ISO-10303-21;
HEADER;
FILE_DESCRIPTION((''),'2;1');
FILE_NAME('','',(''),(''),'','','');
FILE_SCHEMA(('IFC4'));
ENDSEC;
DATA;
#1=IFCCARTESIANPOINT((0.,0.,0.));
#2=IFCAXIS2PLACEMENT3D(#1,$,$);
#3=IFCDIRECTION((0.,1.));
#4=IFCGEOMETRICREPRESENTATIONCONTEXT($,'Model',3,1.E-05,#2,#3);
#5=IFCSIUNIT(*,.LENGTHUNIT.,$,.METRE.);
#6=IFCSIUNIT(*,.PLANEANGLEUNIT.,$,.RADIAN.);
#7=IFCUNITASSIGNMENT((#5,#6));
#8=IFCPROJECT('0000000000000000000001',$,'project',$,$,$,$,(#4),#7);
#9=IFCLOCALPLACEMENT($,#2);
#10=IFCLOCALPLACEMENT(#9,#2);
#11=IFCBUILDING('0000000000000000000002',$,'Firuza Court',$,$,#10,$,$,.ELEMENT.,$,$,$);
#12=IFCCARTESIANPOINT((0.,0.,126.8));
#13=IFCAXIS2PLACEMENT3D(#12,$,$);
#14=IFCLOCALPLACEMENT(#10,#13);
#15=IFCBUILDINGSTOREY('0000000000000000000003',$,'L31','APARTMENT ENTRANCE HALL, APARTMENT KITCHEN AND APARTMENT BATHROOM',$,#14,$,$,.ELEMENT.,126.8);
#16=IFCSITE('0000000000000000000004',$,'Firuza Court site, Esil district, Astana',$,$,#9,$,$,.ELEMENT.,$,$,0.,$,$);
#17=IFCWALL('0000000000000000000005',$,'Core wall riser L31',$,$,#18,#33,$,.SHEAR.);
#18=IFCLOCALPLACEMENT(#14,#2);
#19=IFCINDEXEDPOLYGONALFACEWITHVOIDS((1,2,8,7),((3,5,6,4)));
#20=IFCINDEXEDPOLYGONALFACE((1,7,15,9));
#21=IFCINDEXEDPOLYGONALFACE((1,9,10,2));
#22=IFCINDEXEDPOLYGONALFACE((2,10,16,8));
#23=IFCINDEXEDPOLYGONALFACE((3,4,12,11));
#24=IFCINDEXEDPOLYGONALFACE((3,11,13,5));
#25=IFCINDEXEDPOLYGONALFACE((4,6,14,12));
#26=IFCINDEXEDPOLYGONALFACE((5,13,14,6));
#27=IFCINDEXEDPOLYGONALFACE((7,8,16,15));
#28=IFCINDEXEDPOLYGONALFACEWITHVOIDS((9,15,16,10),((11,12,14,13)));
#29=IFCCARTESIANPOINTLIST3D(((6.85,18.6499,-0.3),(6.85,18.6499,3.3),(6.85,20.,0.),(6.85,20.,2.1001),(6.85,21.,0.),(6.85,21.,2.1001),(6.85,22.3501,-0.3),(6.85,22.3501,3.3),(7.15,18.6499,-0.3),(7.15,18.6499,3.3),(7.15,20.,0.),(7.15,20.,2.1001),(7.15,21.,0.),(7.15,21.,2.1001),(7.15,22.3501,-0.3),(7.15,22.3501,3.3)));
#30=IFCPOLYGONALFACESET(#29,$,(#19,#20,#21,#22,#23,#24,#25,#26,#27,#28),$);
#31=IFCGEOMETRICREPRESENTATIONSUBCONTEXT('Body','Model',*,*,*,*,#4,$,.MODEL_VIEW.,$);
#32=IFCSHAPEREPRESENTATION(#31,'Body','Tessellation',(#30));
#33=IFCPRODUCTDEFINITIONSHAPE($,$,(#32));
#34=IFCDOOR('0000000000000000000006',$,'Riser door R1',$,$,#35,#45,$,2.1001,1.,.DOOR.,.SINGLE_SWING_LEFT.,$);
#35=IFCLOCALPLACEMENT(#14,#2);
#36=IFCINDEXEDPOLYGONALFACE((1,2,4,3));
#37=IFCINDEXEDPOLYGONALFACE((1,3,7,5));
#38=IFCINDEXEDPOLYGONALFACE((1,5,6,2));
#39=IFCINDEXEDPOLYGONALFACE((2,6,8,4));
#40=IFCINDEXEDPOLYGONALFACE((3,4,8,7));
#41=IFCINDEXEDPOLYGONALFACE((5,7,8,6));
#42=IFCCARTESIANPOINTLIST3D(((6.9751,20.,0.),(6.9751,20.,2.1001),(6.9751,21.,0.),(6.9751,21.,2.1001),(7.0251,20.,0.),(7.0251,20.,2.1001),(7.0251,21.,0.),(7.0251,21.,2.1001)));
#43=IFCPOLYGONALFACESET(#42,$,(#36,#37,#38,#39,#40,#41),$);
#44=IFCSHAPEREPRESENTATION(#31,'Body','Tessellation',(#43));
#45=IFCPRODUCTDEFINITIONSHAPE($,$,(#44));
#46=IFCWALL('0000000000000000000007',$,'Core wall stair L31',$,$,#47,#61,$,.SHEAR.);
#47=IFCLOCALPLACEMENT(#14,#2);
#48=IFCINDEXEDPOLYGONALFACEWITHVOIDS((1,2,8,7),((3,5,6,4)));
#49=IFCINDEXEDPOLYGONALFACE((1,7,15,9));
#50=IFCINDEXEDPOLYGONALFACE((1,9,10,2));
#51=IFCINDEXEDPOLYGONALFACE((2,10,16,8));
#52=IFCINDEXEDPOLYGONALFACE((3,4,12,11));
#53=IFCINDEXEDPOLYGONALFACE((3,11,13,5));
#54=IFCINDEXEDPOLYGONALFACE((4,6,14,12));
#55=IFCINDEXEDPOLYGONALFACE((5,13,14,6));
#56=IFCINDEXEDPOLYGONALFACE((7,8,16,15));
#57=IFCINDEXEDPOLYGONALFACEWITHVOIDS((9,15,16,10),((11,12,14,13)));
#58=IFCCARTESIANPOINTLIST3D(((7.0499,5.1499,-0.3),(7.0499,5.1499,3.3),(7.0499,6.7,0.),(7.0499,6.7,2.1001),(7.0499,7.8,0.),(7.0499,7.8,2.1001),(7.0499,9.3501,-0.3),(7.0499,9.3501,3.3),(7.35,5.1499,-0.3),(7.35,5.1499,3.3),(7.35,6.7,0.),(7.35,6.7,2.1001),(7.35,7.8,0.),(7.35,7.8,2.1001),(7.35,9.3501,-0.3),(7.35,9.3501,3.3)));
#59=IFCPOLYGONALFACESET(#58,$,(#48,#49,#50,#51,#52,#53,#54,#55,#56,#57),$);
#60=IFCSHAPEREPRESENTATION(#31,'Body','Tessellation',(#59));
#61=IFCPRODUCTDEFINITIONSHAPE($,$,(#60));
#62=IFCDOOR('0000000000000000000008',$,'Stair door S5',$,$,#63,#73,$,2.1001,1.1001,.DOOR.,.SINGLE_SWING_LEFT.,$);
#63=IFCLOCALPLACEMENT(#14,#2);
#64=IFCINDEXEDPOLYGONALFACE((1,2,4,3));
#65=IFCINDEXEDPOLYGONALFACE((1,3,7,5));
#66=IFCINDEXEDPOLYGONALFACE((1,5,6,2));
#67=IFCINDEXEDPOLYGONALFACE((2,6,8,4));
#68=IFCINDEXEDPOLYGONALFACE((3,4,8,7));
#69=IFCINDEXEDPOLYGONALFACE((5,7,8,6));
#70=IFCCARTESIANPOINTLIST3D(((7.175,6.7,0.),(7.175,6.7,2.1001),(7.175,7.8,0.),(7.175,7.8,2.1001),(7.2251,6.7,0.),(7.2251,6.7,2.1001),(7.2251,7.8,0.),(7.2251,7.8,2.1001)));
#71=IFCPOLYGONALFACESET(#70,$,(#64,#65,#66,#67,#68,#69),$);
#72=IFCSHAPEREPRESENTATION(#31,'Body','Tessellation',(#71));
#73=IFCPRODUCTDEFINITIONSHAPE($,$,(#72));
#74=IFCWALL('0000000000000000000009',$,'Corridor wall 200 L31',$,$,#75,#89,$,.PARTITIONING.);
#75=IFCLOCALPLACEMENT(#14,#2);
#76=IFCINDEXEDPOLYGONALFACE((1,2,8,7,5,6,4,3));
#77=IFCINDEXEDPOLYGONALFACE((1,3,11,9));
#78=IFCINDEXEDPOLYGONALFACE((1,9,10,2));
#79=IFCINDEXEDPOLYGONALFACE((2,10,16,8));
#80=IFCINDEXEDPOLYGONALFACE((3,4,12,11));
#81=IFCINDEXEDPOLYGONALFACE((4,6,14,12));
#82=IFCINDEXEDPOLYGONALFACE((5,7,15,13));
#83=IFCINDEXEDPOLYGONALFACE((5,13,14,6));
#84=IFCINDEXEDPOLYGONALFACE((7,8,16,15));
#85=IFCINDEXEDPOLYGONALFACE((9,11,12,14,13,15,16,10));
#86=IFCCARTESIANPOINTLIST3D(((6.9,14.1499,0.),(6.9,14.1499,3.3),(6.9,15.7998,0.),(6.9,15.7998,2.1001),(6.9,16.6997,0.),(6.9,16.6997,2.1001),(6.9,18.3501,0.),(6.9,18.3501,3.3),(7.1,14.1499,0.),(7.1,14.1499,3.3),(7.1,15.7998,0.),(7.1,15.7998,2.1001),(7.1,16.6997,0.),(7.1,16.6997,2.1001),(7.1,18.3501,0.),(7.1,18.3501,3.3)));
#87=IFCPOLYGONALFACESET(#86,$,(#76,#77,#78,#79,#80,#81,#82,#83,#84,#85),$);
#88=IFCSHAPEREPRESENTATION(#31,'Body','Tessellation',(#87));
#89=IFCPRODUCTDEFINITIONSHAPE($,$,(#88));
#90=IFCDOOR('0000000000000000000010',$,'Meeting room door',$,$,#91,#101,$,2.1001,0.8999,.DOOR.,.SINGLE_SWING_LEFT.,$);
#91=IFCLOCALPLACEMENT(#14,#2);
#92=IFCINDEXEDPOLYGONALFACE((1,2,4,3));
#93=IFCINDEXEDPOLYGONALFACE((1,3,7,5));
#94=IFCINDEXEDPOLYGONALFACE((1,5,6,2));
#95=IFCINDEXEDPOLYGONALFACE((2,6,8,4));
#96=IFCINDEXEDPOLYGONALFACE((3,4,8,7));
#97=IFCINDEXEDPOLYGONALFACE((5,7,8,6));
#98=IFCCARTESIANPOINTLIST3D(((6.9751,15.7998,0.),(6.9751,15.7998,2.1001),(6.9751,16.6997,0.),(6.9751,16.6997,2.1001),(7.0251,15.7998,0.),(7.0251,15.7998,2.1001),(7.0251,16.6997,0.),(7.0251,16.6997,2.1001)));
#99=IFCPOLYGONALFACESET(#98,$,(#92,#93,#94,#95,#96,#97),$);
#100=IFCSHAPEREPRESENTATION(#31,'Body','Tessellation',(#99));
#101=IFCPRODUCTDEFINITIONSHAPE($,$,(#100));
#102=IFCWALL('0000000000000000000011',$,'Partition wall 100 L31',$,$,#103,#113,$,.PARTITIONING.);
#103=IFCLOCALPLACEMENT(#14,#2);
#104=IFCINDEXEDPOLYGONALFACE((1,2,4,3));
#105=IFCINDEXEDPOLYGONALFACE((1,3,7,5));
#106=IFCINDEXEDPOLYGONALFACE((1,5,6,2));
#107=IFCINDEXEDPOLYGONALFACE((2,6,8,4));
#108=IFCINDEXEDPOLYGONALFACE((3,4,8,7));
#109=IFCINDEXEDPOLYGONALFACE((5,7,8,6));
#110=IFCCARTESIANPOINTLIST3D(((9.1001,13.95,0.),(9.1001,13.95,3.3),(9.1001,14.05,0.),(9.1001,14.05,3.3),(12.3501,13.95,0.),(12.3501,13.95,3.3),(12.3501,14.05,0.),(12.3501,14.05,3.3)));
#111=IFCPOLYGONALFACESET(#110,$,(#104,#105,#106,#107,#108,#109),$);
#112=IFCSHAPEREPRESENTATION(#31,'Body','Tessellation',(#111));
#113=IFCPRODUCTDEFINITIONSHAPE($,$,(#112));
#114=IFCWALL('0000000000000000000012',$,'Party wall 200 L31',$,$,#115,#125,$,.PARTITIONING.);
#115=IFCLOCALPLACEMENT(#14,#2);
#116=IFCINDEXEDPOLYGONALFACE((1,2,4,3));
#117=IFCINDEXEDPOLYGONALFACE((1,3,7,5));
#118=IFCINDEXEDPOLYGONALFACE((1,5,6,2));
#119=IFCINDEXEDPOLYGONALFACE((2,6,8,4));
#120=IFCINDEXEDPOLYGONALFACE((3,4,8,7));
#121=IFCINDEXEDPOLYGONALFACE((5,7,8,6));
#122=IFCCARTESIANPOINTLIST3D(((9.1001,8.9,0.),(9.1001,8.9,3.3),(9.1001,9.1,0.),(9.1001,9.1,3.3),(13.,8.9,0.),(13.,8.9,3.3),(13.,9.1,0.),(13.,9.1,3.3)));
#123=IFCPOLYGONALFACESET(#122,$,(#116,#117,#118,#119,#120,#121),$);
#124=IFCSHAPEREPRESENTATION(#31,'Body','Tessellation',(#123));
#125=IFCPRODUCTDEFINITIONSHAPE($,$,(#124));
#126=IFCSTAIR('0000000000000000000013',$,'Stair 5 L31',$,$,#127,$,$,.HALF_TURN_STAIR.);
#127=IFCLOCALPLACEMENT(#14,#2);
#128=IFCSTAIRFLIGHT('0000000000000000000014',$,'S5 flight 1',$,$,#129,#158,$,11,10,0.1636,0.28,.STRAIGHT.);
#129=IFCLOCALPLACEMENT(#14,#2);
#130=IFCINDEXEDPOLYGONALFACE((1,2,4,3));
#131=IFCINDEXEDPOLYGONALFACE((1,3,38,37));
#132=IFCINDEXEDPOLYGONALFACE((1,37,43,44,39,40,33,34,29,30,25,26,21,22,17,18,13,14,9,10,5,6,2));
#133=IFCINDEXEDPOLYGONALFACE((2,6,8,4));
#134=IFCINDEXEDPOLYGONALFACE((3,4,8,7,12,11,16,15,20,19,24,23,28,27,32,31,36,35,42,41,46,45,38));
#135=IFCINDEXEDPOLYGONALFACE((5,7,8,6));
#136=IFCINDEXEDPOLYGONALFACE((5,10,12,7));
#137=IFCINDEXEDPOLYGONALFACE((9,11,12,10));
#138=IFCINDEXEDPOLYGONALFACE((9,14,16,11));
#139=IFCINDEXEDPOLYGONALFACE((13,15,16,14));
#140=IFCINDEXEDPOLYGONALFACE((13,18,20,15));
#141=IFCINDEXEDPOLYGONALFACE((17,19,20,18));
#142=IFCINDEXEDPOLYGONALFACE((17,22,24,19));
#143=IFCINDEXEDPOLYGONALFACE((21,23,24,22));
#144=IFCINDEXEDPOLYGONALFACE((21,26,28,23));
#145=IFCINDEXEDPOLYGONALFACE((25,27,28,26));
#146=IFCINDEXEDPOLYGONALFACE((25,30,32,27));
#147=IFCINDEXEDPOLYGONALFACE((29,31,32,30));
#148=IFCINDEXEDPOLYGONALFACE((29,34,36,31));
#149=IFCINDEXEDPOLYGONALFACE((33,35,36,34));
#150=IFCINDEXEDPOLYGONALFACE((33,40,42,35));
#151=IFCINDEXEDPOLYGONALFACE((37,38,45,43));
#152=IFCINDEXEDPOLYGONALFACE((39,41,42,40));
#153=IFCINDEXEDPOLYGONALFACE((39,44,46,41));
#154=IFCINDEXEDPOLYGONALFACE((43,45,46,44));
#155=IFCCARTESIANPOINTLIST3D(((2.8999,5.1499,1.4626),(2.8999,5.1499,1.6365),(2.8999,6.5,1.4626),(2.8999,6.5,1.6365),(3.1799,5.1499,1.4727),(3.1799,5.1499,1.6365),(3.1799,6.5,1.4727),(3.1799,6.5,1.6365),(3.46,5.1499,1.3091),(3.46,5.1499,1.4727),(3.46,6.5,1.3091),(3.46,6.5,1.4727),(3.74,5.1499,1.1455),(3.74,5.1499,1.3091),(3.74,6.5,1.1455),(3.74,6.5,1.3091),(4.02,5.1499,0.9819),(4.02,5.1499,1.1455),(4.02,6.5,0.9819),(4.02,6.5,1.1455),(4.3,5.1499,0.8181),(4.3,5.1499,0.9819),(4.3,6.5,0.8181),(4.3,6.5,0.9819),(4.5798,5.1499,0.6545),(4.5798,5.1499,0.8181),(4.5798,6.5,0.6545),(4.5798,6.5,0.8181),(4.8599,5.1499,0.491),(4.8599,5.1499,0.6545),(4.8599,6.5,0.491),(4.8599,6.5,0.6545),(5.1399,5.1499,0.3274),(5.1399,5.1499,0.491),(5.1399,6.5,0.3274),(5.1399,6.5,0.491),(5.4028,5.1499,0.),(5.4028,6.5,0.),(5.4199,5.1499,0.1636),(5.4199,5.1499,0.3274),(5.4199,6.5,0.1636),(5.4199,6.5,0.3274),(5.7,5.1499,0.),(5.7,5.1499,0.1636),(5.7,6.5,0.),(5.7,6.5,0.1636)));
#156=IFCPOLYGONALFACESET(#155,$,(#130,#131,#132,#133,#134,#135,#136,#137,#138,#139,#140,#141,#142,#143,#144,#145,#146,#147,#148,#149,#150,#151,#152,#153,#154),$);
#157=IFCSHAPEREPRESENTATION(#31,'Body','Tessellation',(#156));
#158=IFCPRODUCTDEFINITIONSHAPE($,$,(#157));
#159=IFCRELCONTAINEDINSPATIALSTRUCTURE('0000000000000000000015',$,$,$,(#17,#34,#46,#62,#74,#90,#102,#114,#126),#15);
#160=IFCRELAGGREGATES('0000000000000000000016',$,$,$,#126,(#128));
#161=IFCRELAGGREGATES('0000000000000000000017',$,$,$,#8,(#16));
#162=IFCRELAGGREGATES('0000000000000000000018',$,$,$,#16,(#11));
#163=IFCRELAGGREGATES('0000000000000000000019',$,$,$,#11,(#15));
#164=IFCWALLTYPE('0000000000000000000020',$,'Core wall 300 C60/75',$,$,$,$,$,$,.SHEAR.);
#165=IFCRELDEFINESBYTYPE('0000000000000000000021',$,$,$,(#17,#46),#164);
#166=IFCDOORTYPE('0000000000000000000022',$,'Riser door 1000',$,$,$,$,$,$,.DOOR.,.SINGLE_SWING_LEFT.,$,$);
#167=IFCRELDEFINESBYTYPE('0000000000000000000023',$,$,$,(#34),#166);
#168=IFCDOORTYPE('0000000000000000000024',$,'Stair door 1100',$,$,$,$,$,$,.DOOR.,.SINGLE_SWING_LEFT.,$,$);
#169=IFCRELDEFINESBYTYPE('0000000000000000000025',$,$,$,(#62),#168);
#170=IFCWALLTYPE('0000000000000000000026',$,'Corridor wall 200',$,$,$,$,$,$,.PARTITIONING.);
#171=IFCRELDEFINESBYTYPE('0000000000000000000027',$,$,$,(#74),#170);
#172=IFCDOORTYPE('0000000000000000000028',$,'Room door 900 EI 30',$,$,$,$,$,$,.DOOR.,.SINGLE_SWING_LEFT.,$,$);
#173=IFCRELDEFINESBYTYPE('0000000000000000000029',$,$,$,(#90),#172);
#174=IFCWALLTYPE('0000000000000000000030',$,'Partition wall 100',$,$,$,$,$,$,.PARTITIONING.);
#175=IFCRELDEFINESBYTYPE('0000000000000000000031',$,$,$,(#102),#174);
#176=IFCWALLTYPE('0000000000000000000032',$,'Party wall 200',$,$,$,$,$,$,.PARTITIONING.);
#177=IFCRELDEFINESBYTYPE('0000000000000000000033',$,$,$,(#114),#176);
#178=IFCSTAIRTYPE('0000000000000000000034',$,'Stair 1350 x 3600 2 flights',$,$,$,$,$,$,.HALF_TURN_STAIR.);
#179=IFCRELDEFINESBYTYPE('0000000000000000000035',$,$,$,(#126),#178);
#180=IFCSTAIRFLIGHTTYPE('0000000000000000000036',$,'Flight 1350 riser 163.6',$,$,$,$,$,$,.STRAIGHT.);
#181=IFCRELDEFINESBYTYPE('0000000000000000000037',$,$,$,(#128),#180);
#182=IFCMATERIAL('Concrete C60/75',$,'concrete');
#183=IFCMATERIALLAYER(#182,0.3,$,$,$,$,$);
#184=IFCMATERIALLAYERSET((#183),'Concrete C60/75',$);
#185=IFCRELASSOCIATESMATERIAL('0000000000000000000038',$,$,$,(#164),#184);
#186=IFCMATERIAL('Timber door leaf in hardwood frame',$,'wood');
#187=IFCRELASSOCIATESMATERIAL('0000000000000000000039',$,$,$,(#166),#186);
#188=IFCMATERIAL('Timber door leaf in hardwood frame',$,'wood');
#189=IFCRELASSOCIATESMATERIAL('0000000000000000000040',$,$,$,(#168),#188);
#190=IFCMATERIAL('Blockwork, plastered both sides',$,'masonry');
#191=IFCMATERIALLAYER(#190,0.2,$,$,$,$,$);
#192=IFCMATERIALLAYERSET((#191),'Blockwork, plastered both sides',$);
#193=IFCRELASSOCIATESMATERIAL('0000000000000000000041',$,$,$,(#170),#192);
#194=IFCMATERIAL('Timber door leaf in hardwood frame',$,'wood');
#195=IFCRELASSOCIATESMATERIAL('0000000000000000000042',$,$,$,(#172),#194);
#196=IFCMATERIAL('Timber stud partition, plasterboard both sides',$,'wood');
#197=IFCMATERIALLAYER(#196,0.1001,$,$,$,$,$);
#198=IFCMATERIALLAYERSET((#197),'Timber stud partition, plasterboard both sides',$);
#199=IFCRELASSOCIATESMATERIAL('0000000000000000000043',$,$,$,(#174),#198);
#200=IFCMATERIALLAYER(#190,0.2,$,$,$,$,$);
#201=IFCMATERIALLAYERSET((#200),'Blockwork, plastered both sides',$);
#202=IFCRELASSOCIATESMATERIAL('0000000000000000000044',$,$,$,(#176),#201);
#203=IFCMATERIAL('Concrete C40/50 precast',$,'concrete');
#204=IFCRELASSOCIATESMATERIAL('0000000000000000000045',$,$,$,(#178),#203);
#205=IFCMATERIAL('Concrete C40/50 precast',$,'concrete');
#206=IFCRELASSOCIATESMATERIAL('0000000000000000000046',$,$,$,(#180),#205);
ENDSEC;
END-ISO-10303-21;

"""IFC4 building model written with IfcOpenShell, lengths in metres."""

from ifc_helpers import new_model, si_unit, direction, frame, frame_2d, origin, place, context, subcontext, project, spatial, polyline, rectangle, outline, extrude, material, layer, layer_set, type_object, element, fill, aggregate, save


model = new_model("IFC4")

# Units and contexts
model_context = context("Model", 3, precision=1e-05, world=origin(), true_north=direction((0.0, 1.0)))
body_context = subcontext(model_context, "Body", "Model", "MODEL_VIEW")
ifc_project = project(units=[si_unit("LENGTHUNIT", "METRE"), si_unit("PLANEANGLEUNIT", "RADIAN")], contexts=[model_context])

# Site, building, storey
site_placement = place(None, origin())
site = spatial("IfcSite", under=ifc_project, at=site_placement, Name="Firuza Court site, Esil district, Astana", CompositionType="ELEMENT", RefElevation=0.0)
building_placement = place(site_placement, origin())
building = spatial("IfcBuilding", under=site, at=building_placement, Name="Firuza Court", CompositionType="ELEMENT")
storey_placement = place(building_placement, frame((0.0, 0.0, 126.8)))
storey = spatial("IfcBuildingStorey", under=building, at=storey_placement, Name="L31", Description="APARTMENT ENTRANCE HALL, APARTMENT KITCHEN AND APARTMENT BATHROOM", CompositionType="ELEMENT", Elevation=126.8)

# Shared definitions
ifc_material_1 = material(Name="Concrete C60/75", Category="concrete")
ifc_layer_1 = layer(ifc_material_1, 0.3)
ifc_layer_set_1 = layer_set([ifc_layer_1], Name="Concrete C60/75")
wall_type_1 = type_object("IfcWallType", Name="Core wall 300 C60/75", PredefinedType="SHEAR", material=ifc_layer_set_1)

# Walls, openings, doors
ifc_material_2 = material(Name="Timber door leaf in hardwood frame", Category="wood")
door_type_1 = type_object("IfcDoorType", Name="Riser door 1000", OperationType="SINGLE_SWING_LEFT", PredefinedType="DOOR", material=ifc_material_2)
wall_1_placement = place(storey_placement, frame((7.0, 18.6499, -0.3), z_axis=(0.0, 0.0, 1.0), x_axis=(0.0, 1.0, 0.0)))
wall_1 = element("IfcWall", 1, at=wall_1_placement, inside=storey, type_object=wall_type_1, Name="Core wall riser L31", PredefinedType="SHEAR", context=body_context, shape_type="SweptSolid", body=[
    extrude(rectangle(XDim=3.7002, YDim=0.3, at=frame_2d((1.8501, 0.0))), origin(), (0.0, 0.0, 1.0), 3.6001),
])
opening_1_placement = place(wall_1_placement, frame((1.3501, 0.0, 0.3)))
opening_1 = element("IfcOpeningElement", 2, at=opening_1_placement, cuts=wall_1, PredefinedType="OPENING", context=body_context, shape_type="SweptSolid", body=[
    extrude(rectangle(XDim=1.0, YDim=2.1001, at=frame_2d((0.5, 1.05))), frame((0.0, 0.1621, 0.0), z_axis=(0.0, -1.0, 0.0), x_axis=(1.0, 0.0, 0.0)), (0.0, 0.0, 1.0), 0.324),
])
door_1_placement = place(opening_1_placement, origin())
door_1 = element("IfcDoor", 3, at=door_1_placement, inside=storey, type_object=door_type_1, Name="Riser door R1", OperationType="SINGLE_SWING_LEFT", OverallHeight=2.1001, OverallWidth=1.0, PredefinedType="DOOR", context=body_context, shape_type="SweptSolid", body=[
    extrude(rectangle(XDim=1.0, YDim=2.1001, at=frame_2d((0.5, 1.05))), frame((0.0, 0.0249, 0.0), z_axis=(0.0, -1.0, 0.0), x_axis=(1.0, 0.0, 0.0)), (0.0, 0.0, 1.0), 0.05),
])
fill(opening_1, door_1)
wall_2_placement = place(storey_placement, frame((7.2, 5.1499, -0.3), z_axis=(0.0, 0.0, 1.0), x_axis=(0.0, 1.0, 0.0)))
wall_2 = element("IfcWall", 4, at=wall_2_placement, inside=storey, type_object=wall_type_1, Name="Core wall stair L31", PredefinedType="SHEAR", context=body_context, shape_type="SweptSolid", body=[
    extrude(rectangle(XDim=4.2002, YDim=0.3, at=frame_2d((2.1001, 0.0))), origin(), (0.0, 0.0, 1.0), 3.6001),
])
opening_2_placement = place(wall_2_placement, frame((1.55, 0.0, 0.3)))
opening_2 = element("IfcOpeningElement", 5, at=opening_2_placement, cuts=wall_2, PredefinedType="OPENING", context=body_context, shape_type="SweptSolid", body=[
    extrude(rectangle(XDim=1.1001, YDim=2.1001, at=frame_2d((0.55, 1.05))), frame((0.0, 0.1621, 0.0), z_axis=(0.0, -1.0, 0.0), x_axis=(1.0, 0.0, 0.0)), (0.0, 0.0, 1.0), 0.324),
])
ifc_material_3 = material(Name="Timber door leaf in hardwood frame", Category="wood")
door_type_2 = type_object("IfcDoorType", Name="Stair door 1100", OperationType="SINGLE_SWING_LEFT", PredefinedType="DOOR", material=ifc_material_3)
door_2_placement = place(opening_2_placement, origin())
door_2 = element("IfcDoor", 6, at=door_2_placement, inside=storey, type_object=door_type_2, Name="Stair door S5", OperationType="SINGLE_SWING_LEFT", OverallHeight=2.1001, OverallWidth=1.1001, PredefinedType="DOOR", context=body_context, shape_type="SweptSolid", body=[
    extrude(rectangle(XDim=1.1001, YDim=2.1001, at=frame_2d((0.55, 1.05))), frame((0.0, 0.0249, 0.0), z_axis=(0.0, -1.0, 0.0), x_axis=(1.0, 0.0, 0.0)), (0.0, 0.0, 1.0), 0.05),
])
fill(opening_2, door_2)
ifc_material_4 = material(Name="Blockwork, plastered both sides", Category="masonry")
ifc_layer_2 = layer(ifc_material_4, 0.2)
ifc_layer_set_2 = layer_set([ifc_layer_2], Name="Blockwork, plastered both sides")
wall_type_2 = type_object("IfcWallType", Name="Corridor wall 200", PredefinedType="PARTITIONING", material=ifc_layer_set_2)
wall_3_placement = place(storey_placement, frame((7.0, 14.1499, 0.0), z_axis=(0.0, 0.0, 1.0), x_axis=(0.0, 1.0, 0.0)))
wall_3 = element("IfcWall", 7, at=wall_3_placement, inside=storey, type_object=wall_type_2, Name="Corridor wall 200 L31", PredefinedType="PARTITIONING", context=body_context, shape_type="SweptSolid", body=[
    extrude(rectangle(XDim=4.2002, YDim=0.2, at=frame_2d((2.1001, 0.0))), origin(), (0.0, 0.0, 1.0), 3.3),
])
opening_3_placement = place(wall_3_placement, frame((1.6499, 0.0, 0.0)))
opening_3 = element("IfcOpeningElement", 8, at=opening_3_placement, cuts=wall_3, PredefinedType="OPENING", context=body_context, shape_type="SweptSolid", body=[
    extrude(rectangle(XDim=0.8999, YDim=2.1001, at=frame_2d((0.45, 1.05))), frame((0.0, 0.1118, 0.0), z_axis=(0.0, -1.0, 0.0), x_axis=(1.0, 0.0, 0.0)), (0.0, 0.0, 1.0), 0.2239),
])
ifc_material_5 = material(Name="Timber door leaf in hardwood frame", Category="wood")
door_type_3 = type_object("IfcDoorType", Name="Room door 900 EI 30", OperationType="SINGLE_SWING_LEFT", PredefinedType="DOOR", material=ifc_material_5)
door_3_placement = place(opening_3_placement, origin())
door_3 = element("IfcDoor", 9, at=door_3_placement, inside=storey, type_object=door_type_3, Name="Meeting room door", OperationType="SINGLE_SWING_LEFT", OverallHeight=2.1001, OverallWidth=0.8999, PredefinedType="DOOR", context=body_context, shape_type="SweptSolid", body=[
    extrude(rectangle(XDim=0.8999, YDim=2.1001, at=frame_2d((0.45, 1.05))), frame((0.0, 0.0249, 0.0), z_axis=(0.0, -1.0, 0.0), x_axis=(1.0, 0.0, 0.0)), (0.0, 0.0, 1.0), 0.05),
])
fill(opening_3, door_3)

# Walls
ifc_material_6 = material(Name="Timber stud partition, plasterboard both sides", Category="wood")
ifc_layer_3 = layer(ifc_material_6, 0.1001)
ifc_layer_set_3 = layer_set([ifc_layer_3], Name="Timber stud partition, plasterboard both sides")
wall_type_3 = type_object("IfcWallType", Name="Partition wall 100", PredefinedType="PARTITIONING", material=ifc_layer_set_3)
wall_4_placement = place(storey_placement, frame((9.1001, 14.0, 0.0), z_axis=(0.0, 0.0, 1.0), x_axis=(1.0, 0.0, 0.0)))
element("IfcWall", 10, at=wall_4_placement, inside=storey, type_object=wall_type_3, Name="Partition wall 100 L31", PredefinedType="PARTITIONING", context=body_context, shape_type="SweptSolid", body=[
    extrude(rectangle(XDim=3.25, YDim=0.1001, at=frame_2d((1.625, 0.0))), origin(), (0.0, 0.0, 1.0), 3.3),
])
ifc_layer_4 = layer(ifc_material_4, 0.2)
ifc_layer_set_4 = layer_set([ifc_layer_4], Name="Blockwork, plastered both sides")
wall_type_4 = type_object("IfcWallType", Name="Party wall 200", PredefinedType="PARTITIONING", material=ifc_layer_set_4)
wall_5_placement = place(storey_placement, frame((9.1001, 9.0, 0.0), z_axis=(0.0, 0.0, 1.0), x_axis=(1.0, 0.0, 0.0)))
element("IfcWall", 11, at=wall_5_placement, inside=storey, type_object=wall_type_4, Name="Party wall 200 L31", PredefinedType="PARTITIONING", context=body_context, shape_type="SweptSolid", body=[
    extrude(rectangle(XDim=3.8999, YDim=0.2, at=frame_2d((1.95, 0.0))), origin(), (0.0, 0.0, 1.0), 3.3),
])

# Stair, stair flight
ifc_material_7 = material(Name="Concrete C40/50 precast", Category="concrete")
stair_type = type_object("IfcStairType", Name="Stair 1350 x 3600 2 flights", PredefinedType="HALF_TURN_STAIR", material=ifc_material_7)
stair_placement = place(storey_placement, origin())
stair = element("IfcStair", 12, at=stair_placement, inside=storey, type_object=stair_type, Name="Stair 5 L31", PredefinedType="HALF_TURN_STAIR")
ifc_material_8 = material(Name="Concrete C40/50 precast", Category="concrete")
stair_flight_type = type_object("IfcStairFlightType", Name="Flight 1350 riser 163.6", PredefinedType="STRAIGHT", material=ifc_material_8)
stair_flight_1_placement = place(storey_placement, frame((5.7, 5.825, 0.0), z_axis=(0.0, 0.0, 1.0), x_axis=(-1.0, 0.0, 0.0)))
stair_flight_1 = element("IfcStairFlight", 13, at=stair_flight_1_placement, type_object=stair_flight_type, Name="S5 flight 1", NumberOfRisers=11, NumberOfTreads=10, PredefinedType="STRAIGHT", RiserHeight=0.1636, TreadLength=0.28, context=body_context, shape_type="SweptSolid", body=[
    extrude(outline(polyline([(0.0, 0.0), (0.0, 0.1636), (0.28, 0.1636), (0.28, 0.3274), (0.5601, 0.3274), (0.5601, 0.491), (0.8401, 0.491), (0.8401, 0.6545), (1.1201, 0.6545), (1.1201, 0.8181), (1.3999, 0.8181), (1.3999, 0.9819), (1.6799, 0.9819), (1.6799, 1.1455), (1.96, 1.1455), (1.96, 1.3091), (2.24, 1.3091), (2.24, 1.4727), (2.52, 1.4727), (2.52, 1.6365), (2.8, 1.6365), (2.8, 1.8), (2.8, 1.4626), (0.2971, 0.0), (0.0, 0.0)])), frame((0.0, 0.675, 0.0), z_axis=(0.0, -1.0, 0.0), x_axis=(1.0, 0.0, 0.0)), (0.0, 0.0, 1.0), 1.3501),
])
aggregate(stair, [stair_flight_1])

save(model, "model.ifc")
